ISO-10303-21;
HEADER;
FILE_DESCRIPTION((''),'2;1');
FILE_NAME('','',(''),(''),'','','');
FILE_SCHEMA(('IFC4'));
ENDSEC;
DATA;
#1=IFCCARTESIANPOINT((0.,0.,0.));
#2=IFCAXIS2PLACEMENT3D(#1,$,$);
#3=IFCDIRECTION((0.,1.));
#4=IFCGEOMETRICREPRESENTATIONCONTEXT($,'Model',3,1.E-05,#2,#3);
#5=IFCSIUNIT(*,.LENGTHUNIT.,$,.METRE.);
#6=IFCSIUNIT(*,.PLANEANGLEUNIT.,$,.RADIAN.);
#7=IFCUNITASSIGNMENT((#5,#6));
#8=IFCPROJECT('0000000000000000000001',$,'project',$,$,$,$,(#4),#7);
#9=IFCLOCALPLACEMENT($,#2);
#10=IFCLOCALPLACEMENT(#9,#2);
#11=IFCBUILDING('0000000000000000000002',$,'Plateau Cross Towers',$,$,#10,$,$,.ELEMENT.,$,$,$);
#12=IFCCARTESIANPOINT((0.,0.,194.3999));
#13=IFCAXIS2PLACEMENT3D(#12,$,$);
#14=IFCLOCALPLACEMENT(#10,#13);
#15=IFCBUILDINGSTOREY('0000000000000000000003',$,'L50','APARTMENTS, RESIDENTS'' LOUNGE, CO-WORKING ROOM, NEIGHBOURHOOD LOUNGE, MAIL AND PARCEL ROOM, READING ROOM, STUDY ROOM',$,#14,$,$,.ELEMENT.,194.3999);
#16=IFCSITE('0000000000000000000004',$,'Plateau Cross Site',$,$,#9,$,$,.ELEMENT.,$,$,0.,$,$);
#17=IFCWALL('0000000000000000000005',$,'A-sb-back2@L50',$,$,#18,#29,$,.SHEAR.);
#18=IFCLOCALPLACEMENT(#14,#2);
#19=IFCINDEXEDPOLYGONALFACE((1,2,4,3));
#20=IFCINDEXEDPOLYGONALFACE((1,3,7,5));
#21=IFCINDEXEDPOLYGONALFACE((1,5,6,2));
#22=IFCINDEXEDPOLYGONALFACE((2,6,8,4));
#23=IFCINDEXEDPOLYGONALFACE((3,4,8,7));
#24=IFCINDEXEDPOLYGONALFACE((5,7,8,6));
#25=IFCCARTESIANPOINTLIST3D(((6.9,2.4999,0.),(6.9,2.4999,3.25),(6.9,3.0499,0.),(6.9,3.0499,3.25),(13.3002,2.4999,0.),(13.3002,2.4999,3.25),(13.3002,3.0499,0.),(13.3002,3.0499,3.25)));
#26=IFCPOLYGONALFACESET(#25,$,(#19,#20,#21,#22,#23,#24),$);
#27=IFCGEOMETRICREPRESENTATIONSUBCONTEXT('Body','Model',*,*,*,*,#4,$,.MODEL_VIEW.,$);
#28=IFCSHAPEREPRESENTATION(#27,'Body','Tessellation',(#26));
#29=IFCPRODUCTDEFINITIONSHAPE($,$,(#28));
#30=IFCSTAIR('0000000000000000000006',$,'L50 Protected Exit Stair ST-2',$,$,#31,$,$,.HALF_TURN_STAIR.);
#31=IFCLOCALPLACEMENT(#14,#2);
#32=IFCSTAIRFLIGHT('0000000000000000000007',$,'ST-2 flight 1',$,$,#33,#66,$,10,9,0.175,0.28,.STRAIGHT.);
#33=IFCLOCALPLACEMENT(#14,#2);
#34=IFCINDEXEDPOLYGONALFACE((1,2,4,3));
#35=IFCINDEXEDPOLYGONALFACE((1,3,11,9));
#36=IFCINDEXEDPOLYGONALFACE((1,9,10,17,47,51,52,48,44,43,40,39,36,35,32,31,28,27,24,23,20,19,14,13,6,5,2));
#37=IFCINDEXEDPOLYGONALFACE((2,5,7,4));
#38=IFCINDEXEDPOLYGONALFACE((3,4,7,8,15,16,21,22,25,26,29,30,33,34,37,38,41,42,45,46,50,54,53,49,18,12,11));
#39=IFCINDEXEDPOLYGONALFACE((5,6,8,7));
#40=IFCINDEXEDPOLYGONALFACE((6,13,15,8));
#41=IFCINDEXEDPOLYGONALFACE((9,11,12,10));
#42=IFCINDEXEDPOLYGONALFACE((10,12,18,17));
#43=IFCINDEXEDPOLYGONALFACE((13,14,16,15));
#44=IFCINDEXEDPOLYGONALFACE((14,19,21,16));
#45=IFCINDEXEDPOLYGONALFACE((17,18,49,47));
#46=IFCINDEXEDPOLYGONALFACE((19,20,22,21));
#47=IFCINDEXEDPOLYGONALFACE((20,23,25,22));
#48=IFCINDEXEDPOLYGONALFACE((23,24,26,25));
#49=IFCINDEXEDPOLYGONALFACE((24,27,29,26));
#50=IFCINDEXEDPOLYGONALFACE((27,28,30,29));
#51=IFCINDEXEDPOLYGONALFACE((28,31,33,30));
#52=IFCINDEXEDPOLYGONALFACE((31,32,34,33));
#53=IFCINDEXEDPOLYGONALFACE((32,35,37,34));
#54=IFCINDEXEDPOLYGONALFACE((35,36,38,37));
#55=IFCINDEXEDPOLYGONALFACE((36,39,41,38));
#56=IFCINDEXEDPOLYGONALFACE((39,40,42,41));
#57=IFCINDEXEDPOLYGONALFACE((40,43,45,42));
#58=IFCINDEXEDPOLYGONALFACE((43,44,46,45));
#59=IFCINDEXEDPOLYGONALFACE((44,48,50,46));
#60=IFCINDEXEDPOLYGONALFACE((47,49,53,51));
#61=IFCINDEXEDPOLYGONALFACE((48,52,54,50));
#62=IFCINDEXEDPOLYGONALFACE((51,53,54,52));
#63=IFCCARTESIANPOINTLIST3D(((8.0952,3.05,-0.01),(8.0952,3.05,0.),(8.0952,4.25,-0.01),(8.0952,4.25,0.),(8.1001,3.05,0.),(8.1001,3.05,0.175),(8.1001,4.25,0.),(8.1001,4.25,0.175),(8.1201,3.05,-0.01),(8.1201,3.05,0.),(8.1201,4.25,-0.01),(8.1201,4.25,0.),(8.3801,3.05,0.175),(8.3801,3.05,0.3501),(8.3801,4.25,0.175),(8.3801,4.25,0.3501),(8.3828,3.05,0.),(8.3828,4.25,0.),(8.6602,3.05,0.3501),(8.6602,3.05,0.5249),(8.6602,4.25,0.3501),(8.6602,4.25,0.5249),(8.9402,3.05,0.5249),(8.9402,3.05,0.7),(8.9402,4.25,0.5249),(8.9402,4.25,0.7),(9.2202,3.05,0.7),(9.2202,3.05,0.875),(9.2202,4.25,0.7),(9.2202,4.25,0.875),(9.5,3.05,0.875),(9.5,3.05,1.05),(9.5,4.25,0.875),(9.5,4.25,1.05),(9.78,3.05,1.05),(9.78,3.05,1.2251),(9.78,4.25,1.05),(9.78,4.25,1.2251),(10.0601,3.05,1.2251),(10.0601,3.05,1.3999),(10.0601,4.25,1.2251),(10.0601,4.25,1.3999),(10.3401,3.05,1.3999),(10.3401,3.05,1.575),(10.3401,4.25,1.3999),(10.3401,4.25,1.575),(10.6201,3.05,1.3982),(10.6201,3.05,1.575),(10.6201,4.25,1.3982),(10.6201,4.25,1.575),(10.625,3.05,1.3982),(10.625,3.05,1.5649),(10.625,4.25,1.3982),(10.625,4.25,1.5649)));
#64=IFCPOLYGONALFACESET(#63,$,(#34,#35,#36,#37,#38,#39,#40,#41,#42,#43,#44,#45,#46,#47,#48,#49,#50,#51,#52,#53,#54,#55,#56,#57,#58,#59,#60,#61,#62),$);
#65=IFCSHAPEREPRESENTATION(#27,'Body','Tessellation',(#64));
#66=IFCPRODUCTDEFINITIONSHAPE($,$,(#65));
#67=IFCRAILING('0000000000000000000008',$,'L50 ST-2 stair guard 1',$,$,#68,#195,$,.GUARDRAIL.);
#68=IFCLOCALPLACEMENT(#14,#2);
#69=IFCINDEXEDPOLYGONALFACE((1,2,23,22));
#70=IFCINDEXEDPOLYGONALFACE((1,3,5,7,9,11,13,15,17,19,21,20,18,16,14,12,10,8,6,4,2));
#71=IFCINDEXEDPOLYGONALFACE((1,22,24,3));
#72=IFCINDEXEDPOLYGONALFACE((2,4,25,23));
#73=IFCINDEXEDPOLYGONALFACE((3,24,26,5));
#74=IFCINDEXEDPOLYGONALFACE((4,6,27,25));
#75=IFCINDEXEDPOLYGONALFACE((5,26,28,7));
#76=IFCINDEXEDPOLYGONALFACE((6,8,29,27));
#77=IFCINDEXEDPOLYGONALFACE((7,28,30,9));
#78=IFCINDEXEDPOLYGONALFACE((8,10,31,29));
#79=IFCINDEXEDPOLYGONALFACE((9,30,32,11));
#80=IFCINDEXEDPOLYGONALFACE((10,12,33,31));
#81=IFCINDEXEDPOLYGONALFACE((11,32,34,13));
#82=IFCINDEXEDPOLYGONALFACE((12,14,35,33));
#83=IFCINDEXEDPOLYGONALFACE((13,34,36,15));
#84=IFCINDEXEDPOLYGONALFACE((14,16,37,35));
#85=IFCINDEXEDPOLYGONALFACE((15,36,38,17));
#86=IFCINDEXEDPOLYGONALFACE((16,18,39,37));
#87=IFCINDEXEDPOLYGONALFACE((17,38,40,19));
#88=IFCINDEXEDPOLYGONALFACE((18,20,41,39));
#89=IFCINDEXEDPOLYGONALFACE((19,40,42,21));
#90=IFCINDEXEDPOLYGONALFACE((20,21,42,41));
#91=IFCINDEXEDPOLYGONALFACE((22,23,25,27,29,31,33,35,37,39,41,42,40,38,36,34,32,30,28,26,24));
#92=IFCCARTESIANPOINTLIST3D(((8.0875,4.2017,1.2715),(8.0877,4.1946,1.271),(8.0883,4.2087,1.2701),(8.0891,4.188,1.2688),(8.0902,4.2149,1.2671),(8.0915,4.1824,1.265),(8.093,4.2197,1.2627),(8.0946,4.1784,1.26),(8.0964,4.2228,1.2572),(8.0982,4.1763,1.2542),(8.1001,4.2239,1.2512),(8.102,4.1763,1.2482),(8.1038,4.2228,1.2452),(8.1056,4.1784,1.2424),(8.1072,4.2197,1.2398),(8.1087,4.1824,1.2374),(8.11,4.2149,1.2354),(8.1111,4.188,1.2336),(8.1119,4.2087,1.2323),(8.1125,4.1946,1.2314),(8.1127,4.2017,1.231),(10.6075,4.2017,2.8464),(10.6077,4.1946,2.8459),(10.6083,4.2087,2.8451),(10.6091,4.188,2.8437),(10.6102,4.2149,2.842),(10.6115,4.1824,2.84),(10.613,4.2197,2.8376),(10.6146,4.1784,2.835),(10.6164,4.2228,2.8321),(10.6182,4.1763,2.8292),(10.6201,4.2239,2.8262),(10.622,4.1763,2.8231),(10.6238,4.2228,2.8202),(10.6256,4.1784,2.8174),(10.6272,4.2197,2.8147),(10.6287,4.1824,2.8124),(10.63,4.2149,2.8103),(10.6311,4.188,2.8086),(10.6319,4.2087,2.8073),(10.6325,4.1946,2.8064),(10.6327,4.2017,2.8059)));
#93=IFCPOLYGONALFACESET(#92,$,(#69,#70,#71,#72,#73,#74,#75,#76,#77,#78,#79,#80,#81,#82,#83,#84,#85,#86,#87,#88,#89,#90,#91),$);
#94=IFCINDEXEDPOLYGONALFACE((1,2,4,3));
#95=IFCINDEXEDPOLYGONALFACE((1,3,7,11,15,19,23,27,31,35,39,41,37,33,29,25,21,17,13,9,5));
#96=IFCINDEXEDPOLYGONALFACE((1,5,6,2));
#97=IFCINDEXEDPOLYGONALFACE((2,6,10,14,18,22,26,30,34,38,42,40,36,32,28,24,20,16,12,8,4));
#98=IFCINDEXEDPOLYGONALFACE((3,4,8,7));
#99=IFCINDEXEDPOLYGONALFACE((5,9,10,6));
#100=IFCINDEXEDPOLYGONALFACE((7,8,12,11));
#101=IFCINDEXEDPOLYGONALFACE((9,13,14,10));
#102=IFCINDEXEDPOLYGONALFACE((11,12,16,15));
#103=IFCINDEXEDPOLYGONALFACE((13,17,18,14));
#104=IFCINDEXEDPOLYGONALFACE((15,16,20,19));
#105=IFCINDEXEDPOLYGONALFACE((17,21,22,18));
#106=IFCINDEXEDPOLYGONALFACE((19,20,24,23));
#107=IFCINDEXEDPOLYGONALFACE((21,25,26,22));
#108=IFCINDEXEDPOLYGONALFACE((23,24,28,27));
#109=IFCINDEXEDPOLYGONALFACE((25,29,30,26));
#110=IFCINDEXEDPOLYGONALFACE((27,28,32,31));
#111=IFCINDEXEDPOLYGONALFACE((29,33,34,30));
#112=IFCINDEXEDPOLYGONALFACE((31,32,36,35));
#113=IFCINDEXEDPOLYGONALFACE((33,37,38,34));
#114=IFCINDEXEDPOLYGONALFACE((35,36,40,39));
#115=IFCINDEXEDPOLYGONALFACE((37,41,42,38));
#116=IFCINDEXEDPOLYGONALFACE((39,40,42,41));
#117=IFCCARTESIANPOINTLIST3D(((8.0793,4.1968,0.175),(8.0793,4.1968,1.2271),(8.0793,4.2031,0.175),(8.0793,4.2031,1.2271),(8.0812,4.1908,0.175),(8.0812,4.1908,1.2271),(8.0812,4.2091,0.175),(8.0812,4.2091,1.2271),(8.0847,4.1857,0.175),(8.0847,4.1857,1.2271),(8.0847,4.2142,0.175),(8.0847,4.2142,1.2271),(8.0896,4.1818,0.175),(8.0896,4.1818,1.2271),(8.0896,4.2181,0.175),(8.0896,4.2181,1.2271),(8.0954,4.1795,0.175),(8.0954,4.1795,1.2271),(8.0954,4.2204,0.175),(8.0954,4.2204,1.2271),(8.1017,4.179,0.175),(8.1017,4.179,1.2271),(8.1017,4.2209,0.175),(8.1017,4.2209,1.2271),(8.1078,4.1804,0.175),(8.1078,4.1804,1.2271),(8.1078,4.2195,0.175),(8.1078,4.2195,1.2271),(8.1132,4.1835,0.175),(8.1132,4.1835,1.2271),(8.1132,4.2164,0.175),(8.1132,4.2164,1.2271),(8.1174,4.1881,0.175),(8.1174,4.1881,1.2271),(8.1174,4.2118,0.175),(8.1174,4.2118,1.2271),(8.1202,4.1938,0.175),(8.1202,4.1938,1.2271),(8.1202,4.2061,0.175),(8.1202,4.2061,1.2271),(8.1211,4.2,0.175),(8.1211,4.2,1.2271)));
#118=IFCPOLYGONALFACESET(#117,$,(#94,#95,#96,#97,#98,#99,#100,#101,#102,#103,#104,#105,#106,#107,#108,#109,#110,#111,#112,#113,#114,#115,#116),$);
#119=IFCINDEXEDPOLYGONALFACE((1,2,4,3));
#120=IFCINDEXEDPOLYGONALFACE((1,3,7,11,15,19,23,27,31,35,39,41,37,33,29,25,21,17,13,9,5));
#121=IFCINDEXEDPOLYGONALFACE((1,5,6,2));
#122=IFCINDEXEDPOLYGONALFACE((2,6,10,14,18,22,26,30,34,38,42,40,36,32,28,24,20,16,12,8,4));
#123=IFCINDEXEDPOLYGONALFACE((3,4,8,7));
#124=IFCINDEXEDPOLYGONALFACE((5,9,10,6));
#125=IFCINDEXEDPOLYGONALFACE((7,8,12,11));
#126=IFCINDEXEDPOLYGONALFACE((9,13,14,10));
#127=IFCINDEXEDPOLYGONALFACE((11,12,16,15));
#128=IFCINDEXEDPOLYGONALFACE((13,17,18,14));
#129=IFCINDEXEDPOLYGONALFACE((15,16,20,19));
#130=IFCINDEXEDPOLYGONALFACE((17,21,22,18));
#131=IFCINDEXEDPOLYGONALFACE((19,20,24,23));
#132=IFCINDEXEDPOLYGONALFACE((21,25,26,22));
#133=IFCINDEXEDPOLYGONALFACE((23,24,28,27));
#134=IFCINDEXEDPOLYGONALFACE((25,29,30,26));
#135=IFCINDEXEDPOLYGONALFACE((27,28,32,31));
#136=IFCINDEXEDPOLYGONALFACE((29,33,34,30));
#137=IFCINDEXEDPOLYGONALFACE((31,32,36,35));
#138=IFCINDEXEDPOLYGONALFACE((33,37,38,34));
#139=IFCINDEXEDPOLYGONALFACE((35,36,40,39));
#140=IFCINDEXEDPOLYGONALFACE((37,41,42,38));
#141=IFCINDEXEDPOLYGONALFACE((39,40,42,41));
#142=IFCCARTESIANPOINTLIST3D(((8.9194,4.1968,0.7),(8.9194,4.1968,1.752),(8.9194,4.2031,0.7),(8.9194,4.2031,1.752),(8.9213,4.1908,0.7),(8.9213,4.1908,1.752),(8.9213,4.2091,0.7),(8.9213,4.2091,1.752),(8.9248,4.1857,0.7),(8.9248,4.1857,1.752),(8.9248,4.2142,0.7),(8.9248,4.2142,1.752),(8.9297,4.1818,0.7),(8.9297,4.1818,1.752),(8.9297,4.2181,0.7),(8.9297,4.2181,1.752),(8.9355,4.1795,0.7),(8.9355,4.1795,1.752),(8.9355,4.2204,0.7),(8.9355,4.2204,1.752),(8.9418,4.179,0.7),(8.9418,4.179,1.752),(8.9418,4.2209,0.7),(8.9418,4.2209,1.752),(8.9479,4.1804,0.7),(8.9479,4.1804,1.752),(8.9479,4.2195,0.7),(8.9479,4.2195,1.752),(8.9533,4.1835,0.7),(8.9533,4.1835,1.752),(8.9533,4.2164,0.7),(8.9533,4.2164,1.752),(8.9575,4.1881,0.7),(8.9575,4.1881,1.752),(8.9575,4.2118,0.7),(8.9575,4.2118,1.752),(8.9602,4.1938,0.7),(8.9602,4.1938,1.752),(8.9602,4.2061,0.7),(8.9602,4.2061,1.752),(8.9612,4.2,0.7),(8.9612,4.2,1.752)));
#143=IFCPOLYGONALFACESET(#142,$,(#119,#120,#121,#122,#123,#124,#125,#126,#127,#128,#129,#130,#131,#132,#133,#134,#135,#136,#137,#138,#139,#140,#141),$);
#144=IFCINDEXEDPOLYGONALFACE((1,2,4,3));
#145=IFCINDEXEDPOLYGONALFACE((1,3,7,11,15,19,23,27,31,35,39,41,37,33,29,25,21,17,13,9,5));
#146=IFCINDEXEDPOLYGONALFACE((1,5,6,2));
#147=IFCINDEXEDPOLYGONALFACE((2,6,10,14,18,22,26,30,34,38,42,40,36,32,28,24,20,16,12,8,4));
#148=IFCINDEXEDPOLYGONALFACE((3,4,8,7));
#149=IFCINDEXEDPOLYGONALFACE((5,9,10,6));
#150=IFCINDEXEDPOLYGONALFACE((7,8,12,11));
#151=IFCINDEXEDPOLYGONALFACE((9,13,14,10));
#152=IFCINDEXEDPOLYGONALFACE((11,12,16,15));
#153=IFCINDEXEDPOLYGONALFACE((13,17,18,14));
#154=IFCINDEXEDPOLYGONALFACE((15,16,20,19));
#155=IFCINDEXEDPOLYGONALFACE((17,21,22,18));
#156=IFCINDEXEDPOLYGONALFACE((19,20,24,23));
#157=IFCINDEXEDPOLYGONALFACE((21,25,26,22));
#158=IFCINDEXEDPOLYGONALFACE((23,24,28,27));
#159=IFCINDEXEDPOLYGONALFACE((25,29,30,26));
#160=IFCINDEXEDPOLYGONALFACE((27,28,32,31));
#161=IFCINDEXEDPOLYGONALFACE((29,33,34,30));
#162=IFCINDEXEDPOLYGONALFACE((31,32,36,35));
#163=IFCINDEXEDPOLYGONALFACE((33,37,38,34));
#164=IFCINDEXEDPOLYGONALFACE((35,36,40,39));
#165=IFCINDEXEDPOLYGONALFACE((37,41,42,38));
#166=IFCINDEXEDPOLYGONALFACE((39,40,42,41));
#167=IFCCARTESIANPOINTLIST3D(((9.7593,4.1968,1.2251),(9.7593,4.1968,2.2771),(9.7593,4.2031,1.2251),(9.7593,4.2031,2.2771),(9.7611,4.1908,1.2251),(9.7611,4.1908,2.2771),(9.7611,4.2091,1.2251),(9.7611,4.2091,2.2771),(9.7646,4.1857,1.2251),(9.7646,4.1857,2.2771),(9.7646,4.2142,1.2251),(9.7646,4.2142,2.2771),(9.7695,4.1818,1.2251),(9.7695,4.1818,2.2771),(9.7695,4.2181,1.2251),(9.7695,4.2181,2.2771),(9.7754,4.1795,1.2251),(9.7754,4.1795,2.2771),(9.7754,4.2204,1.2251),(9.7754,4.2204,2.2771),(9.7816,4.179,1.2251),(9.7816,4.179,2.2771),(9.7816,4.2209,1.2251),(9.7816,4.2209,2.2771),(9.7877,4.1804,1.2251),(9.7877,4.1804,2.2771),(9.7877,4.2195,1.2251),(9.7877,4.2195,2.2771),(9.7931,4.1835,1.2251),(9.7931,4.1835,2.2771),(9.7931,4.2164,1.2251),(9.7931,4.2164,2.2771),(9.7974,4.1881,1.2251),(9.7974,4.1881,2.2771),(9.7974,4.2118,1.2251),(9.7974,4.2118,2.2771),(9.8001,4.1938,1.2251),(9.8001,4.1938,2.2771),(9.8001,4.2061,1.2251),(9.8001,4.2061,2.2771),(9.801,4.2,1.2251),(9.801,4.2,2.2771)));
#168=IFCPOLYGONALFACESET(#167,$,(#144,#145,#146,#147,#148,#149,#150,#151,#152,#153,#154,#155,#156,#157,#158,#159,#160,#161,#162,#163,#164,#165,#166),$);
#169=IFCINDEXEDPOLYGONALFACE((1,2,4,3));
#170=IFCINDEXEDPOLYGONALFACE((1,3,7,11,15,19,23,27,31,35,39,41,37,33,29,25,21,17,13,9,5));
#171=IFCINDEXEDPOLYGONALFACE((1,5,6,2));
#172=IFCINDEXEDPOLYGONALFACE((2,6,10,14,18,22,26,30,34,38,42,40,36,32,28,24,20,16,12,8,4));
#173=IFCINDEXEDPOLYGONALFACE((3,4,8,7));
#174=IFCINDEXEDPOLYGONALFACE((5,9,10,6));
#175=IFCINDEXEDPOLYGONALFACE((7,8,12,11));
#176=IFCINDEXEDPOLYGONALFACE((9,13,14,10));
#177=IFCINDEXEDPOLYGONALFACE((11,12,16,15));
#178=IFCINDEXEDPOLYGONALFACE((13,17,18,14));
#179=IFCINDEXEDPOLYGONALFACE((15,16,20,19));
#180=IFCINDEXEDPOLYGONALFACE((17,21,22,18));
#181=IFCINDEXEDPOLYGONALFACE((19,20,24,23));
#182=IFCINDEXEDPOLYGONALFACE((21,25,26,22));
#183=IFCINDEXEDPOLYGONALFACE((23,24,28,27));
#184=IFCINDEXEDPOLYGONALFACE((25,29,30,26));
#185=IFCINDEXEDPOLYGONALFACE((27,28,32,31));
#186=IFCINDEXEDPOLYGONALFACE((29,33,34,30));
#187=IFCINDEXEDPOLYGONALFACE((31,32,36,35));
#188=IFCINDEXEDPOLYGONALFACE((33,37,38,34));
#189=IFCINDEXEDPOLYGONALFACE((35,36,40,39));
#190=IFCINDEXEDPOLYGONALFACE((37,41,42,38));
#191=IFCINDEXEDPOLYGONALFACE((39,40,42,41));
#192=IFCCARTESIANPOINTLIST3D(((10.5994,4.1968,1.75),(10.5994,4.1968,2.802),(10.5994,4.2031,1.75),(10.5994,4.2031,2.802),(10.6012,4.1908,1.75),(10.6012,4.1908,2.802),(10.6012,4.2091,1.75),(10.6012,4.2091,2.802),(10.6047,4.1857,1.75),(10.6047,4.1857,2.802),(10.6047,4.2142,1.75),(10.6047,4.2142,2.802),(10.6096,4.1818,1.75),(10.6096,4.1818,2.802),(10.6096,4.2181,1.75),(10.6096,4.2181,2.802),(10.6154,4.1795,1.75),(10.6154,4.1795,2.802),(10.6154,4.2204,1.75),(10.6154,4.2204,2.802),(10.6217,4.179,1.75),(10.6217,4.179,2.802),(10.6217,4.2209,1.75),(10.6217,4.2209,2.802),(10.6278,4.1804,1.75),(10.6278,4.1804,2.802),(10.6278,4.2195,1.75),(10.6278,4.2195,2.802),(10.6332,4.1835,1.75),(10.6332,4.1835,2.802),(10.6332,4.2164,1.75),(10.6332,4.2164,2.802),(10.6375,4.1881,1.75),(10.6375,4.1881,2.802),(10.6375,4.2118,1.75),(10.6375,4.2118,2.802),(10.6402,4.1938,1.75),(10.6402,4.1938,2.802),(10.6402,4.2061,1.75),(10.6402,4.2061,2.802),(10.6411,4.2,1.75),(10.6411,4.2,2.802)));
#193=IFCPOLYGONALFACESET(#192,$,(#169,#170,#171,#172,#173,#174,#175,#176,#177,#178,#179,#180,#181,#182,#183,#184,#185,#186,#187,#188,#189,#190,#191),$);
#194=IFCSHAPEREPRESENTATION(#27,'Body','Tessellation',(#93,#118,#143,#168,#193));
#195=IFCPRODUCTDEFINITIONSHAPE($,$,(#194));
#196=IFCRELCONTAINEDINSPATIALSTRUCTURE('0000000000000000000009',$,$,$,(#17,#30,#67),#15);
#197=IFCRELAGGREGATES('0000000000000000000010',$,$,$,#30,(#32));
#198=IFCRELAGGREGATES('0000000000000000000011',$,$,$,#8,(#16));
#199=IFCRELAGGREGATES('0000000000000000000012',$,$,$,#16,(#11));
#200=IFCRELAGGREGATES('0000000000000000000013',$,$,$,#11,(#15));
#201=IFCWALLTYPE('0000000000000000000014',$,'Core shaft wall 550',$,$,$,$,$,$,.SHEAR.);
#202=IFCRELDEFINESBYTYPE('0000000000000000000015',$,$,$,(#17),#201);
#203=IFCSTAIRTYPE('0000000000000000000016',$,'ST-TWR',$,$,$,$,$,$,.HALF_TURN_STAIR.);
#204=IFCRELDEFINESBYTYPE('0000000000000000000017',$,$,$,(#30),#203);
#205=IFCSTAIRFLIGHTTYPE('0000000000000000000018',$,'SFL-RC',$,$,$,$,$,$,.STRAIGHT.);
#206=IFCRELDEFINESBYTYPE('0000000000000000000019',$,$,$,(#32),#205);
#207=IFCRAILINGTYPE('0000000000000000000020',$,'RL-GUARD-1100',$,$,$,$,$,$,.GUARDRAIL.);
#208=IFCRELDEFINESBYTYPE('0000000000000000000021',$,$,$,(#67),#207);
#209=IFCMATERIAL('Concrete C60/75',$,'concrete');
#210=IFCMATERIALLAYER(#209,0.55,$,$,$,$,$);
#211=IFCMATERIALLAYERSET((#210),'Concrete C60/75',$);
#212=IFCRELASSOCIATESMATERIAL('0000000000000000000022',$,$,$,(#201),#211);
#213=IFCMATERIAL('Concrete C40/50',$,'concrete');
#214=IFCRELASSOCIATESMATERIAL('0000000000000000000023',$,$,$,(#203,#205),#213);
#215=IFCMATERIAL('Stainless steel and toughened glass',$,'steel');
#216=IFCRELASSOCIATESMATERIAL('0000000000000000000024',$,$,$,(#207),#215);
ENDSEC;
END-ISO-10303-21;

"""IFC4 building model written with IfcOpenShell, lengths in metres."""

from ifc_helpers import new_model, si_unit, direction, frame, frame_2d, origin, origin_2d, place, context, subcontext, project, spatial, polyline, rectangle, circle, outline, extrude, material, layer, layer_set, type_object, element, aggregate, save


model = new_model("IFC4")

# Units and contexts
model_context = context("Model", 3, precision=1e-05, world=origin(), true_north=direction((0.0, 1.0)))
body_context = subcontext(model_context, "Body", "Model", "MODEL_VIEW")
ifc_project = project(units=[si_unit("LENGTHUNIT", "METRE"), si_unit("PLANEANGLEUNIT", "RADIAN")], contexts=[model_context])

# Site, building, storey
site_placement = place(None, origin())
site = spatial("IfcSite", under=ifc_project, at=site_placement, Name="Plateau Cross Site", CompositionType="ELEMENT", RefElevation=0.0)
building_placement = place(site_placement, origin())
building = spatial("IfcBuilding", under=site, at=building_placement, Name="Plateau Cross Towers", CompositionType="ELEMENT")
storey_placement = place(building_placement, frame((0.0, 0.0, 194.3999)))
storey = spatial("IfcBuildingStorey", under=building, at=storey_placement, Name="L50", Description="APARTMENTS, RESIDENTS' LOUNGE, CO-WORKING ROOM, NEIGHBOURHOOD LOUNGE, MAIL AND PARCEL ROOM, READING ROOM, STUDY ROOM", CompositionType="ELEMENT", Elevation=194.3999)

# Wall
ifc_material_1 = material(Name="Concrete C60/75", Category="concrete")
ifc_layer_1 = layer(ifc_material_1, 0.55)
ifc_layer_set_1 = layer_set([ifc_layer_1], Name="Concrete C60/75")
wall_type_1 = type_object("IfcWallType", Name="Core shaft wall 550", PredefinedType="SHEAR", material=ifc_layer_set_1)
wall_1_placement = place(storey_placement, frame((6.8999, 2.7749, 0.0), z_axis=(0.0, 0.0, 1.0), x_axis=(1.0, 0.0, 0.0)))
element("IfcWall", 1, at=wall_1_placement, inside=storey, type_object=wall_type_1, Name="A-sb-back2@L50", PredefinedType="SHEAR", context=body_context, shape_type="SweptSolid", body=[
    extrude(rectangle(XDim=6.4001, YDim=0.55, at=frame_2d((3.2002, 0.0))), origin(), (0.0, 0.0, 1.0), 3.25),
])

# Stair, stair flight
ifc_material_2 = material(Name="Concrete C40/50", Category="concrete")
stair_type = type_object("IfcStairType", Name="ST-TWR", PredefinedType="HALF_TURN_STAIR", material=ifc_material_2)
stair_placement = place(storey_placement, origin())
stair = element("IfcStair", 2, at=stair_placement, inside=storey, type_object=stair_type, Name="L50 Protected Exit Stair ST-2", PredefinedType="HALF_TURN_STAIR")
stair_flight_type = type_object("IfcStairFlightType", Name="SFL-RC", PredefinedType="STRAIGHT", material=ifc_material_2)
stair_flight_placement = place(storey_placement, frame((8.1001, 3.6499, 0.0), z_axis=(0.0, 0.0, 1.0), x_axis=(1.0, 0.0, 0.0)))
stair_flight = element("IfcStairFlight", 3, at=stair_flight_placement, type_object=stair_flight_type, Name="ST-2 flight 1", NumberOfRisers=10, NumberOfTreads=9, PredefinedType="STRAIGHT", RiserHeight=0.175, TreadLength=0.28, context=body_context, shape_type="SweptSolid", body=[
    extrude(outline(polyline([(-0.0049, -0.01), (-0.0049, 0.0), (0.0, 0.0), (0.0, 0.175), (0.28, 0.175), (0.28, 0.3501), (0.5601, 0.3501), (0.5601, 0.5249), (0.8401, 0.5249), (0.8401, 0.7), (1.1201, 0.7), (1.1201, 0.875), (1.3999, 0.875), (1.3999, 1.05), (1.6799, 1.05), (1.6799, 1.2251), (1.96, 1.2251), (1.96, 1.3999), (2.24, 1.3999), (2.24, 1.575), (2.52, 1.575), (2.5249, 1.5649), (2.5249, 1.3982), (2.52, 1.3982), (0.2827, 0.0), (0.02, 0.0), (0.02, -0.01), (-0.0049, -0.01)])), frame((0.0, 0.6001, 0.0), z_axis=(0.0, -1.0, 0.0), x_axis=(1.0, 0.0, 0.0)), (0.0, 0.0, 1.0), 1.2),
])
aggregate(stair, [stair_flight])

# Railing
ifc_material_3 = material(Name="Stainless steel and toughened glass", Category="steel")
railing_type_1 = type_object("IfcRailingType", Name="RL-GUARD-1100", PredefinedType="GUARDRAIL", material=ifc_material_3)
railing_1_placement = place(storey_placement, frame((8.1001, 4.2, 0.175)))
element("IfcRailing", 4, at=railing_1_placement, inside=storey, type_object=railing_type_1, Name="L50 ST-2 stair guard 1", PredefinedType="GUARDRAIL", context=body_context, shape_type="SweptSolid", body=[
    extrude(circle(Radius=0.0239, at=origin_2d()), frame((0.0, 0.0, 1.0762), z_axis=(0.848008, 0.0, 0.529984), x_axis=(0.0, 1.0, 0.0)), (0.0, 0.0, 1.0), 2.9717),
    extrude(circle(Radius=0.021, at=origin_2d()), origin(), (0.0, 0.0, 1.0), 1.052),
    extrude(circle(Radius=0.021, at=origin_2d()), frame((0.8401, 0.0, 0.5249)), (0.0, 0.0, 1.0), 1.052),
    extrude(circle(Radius=0.021, at=origin_2d()), frame((1.6799, 0.0, 1.05)), (0.0, 0.0, 1.0), 1.052),
    extrude(circle(Radius=0.021, at=origin_2d()), frame((2.52, 0.0, 1.575)), (0.0, 0.0, 1.0), 1.052),
])

save(model, "model.ifc")
